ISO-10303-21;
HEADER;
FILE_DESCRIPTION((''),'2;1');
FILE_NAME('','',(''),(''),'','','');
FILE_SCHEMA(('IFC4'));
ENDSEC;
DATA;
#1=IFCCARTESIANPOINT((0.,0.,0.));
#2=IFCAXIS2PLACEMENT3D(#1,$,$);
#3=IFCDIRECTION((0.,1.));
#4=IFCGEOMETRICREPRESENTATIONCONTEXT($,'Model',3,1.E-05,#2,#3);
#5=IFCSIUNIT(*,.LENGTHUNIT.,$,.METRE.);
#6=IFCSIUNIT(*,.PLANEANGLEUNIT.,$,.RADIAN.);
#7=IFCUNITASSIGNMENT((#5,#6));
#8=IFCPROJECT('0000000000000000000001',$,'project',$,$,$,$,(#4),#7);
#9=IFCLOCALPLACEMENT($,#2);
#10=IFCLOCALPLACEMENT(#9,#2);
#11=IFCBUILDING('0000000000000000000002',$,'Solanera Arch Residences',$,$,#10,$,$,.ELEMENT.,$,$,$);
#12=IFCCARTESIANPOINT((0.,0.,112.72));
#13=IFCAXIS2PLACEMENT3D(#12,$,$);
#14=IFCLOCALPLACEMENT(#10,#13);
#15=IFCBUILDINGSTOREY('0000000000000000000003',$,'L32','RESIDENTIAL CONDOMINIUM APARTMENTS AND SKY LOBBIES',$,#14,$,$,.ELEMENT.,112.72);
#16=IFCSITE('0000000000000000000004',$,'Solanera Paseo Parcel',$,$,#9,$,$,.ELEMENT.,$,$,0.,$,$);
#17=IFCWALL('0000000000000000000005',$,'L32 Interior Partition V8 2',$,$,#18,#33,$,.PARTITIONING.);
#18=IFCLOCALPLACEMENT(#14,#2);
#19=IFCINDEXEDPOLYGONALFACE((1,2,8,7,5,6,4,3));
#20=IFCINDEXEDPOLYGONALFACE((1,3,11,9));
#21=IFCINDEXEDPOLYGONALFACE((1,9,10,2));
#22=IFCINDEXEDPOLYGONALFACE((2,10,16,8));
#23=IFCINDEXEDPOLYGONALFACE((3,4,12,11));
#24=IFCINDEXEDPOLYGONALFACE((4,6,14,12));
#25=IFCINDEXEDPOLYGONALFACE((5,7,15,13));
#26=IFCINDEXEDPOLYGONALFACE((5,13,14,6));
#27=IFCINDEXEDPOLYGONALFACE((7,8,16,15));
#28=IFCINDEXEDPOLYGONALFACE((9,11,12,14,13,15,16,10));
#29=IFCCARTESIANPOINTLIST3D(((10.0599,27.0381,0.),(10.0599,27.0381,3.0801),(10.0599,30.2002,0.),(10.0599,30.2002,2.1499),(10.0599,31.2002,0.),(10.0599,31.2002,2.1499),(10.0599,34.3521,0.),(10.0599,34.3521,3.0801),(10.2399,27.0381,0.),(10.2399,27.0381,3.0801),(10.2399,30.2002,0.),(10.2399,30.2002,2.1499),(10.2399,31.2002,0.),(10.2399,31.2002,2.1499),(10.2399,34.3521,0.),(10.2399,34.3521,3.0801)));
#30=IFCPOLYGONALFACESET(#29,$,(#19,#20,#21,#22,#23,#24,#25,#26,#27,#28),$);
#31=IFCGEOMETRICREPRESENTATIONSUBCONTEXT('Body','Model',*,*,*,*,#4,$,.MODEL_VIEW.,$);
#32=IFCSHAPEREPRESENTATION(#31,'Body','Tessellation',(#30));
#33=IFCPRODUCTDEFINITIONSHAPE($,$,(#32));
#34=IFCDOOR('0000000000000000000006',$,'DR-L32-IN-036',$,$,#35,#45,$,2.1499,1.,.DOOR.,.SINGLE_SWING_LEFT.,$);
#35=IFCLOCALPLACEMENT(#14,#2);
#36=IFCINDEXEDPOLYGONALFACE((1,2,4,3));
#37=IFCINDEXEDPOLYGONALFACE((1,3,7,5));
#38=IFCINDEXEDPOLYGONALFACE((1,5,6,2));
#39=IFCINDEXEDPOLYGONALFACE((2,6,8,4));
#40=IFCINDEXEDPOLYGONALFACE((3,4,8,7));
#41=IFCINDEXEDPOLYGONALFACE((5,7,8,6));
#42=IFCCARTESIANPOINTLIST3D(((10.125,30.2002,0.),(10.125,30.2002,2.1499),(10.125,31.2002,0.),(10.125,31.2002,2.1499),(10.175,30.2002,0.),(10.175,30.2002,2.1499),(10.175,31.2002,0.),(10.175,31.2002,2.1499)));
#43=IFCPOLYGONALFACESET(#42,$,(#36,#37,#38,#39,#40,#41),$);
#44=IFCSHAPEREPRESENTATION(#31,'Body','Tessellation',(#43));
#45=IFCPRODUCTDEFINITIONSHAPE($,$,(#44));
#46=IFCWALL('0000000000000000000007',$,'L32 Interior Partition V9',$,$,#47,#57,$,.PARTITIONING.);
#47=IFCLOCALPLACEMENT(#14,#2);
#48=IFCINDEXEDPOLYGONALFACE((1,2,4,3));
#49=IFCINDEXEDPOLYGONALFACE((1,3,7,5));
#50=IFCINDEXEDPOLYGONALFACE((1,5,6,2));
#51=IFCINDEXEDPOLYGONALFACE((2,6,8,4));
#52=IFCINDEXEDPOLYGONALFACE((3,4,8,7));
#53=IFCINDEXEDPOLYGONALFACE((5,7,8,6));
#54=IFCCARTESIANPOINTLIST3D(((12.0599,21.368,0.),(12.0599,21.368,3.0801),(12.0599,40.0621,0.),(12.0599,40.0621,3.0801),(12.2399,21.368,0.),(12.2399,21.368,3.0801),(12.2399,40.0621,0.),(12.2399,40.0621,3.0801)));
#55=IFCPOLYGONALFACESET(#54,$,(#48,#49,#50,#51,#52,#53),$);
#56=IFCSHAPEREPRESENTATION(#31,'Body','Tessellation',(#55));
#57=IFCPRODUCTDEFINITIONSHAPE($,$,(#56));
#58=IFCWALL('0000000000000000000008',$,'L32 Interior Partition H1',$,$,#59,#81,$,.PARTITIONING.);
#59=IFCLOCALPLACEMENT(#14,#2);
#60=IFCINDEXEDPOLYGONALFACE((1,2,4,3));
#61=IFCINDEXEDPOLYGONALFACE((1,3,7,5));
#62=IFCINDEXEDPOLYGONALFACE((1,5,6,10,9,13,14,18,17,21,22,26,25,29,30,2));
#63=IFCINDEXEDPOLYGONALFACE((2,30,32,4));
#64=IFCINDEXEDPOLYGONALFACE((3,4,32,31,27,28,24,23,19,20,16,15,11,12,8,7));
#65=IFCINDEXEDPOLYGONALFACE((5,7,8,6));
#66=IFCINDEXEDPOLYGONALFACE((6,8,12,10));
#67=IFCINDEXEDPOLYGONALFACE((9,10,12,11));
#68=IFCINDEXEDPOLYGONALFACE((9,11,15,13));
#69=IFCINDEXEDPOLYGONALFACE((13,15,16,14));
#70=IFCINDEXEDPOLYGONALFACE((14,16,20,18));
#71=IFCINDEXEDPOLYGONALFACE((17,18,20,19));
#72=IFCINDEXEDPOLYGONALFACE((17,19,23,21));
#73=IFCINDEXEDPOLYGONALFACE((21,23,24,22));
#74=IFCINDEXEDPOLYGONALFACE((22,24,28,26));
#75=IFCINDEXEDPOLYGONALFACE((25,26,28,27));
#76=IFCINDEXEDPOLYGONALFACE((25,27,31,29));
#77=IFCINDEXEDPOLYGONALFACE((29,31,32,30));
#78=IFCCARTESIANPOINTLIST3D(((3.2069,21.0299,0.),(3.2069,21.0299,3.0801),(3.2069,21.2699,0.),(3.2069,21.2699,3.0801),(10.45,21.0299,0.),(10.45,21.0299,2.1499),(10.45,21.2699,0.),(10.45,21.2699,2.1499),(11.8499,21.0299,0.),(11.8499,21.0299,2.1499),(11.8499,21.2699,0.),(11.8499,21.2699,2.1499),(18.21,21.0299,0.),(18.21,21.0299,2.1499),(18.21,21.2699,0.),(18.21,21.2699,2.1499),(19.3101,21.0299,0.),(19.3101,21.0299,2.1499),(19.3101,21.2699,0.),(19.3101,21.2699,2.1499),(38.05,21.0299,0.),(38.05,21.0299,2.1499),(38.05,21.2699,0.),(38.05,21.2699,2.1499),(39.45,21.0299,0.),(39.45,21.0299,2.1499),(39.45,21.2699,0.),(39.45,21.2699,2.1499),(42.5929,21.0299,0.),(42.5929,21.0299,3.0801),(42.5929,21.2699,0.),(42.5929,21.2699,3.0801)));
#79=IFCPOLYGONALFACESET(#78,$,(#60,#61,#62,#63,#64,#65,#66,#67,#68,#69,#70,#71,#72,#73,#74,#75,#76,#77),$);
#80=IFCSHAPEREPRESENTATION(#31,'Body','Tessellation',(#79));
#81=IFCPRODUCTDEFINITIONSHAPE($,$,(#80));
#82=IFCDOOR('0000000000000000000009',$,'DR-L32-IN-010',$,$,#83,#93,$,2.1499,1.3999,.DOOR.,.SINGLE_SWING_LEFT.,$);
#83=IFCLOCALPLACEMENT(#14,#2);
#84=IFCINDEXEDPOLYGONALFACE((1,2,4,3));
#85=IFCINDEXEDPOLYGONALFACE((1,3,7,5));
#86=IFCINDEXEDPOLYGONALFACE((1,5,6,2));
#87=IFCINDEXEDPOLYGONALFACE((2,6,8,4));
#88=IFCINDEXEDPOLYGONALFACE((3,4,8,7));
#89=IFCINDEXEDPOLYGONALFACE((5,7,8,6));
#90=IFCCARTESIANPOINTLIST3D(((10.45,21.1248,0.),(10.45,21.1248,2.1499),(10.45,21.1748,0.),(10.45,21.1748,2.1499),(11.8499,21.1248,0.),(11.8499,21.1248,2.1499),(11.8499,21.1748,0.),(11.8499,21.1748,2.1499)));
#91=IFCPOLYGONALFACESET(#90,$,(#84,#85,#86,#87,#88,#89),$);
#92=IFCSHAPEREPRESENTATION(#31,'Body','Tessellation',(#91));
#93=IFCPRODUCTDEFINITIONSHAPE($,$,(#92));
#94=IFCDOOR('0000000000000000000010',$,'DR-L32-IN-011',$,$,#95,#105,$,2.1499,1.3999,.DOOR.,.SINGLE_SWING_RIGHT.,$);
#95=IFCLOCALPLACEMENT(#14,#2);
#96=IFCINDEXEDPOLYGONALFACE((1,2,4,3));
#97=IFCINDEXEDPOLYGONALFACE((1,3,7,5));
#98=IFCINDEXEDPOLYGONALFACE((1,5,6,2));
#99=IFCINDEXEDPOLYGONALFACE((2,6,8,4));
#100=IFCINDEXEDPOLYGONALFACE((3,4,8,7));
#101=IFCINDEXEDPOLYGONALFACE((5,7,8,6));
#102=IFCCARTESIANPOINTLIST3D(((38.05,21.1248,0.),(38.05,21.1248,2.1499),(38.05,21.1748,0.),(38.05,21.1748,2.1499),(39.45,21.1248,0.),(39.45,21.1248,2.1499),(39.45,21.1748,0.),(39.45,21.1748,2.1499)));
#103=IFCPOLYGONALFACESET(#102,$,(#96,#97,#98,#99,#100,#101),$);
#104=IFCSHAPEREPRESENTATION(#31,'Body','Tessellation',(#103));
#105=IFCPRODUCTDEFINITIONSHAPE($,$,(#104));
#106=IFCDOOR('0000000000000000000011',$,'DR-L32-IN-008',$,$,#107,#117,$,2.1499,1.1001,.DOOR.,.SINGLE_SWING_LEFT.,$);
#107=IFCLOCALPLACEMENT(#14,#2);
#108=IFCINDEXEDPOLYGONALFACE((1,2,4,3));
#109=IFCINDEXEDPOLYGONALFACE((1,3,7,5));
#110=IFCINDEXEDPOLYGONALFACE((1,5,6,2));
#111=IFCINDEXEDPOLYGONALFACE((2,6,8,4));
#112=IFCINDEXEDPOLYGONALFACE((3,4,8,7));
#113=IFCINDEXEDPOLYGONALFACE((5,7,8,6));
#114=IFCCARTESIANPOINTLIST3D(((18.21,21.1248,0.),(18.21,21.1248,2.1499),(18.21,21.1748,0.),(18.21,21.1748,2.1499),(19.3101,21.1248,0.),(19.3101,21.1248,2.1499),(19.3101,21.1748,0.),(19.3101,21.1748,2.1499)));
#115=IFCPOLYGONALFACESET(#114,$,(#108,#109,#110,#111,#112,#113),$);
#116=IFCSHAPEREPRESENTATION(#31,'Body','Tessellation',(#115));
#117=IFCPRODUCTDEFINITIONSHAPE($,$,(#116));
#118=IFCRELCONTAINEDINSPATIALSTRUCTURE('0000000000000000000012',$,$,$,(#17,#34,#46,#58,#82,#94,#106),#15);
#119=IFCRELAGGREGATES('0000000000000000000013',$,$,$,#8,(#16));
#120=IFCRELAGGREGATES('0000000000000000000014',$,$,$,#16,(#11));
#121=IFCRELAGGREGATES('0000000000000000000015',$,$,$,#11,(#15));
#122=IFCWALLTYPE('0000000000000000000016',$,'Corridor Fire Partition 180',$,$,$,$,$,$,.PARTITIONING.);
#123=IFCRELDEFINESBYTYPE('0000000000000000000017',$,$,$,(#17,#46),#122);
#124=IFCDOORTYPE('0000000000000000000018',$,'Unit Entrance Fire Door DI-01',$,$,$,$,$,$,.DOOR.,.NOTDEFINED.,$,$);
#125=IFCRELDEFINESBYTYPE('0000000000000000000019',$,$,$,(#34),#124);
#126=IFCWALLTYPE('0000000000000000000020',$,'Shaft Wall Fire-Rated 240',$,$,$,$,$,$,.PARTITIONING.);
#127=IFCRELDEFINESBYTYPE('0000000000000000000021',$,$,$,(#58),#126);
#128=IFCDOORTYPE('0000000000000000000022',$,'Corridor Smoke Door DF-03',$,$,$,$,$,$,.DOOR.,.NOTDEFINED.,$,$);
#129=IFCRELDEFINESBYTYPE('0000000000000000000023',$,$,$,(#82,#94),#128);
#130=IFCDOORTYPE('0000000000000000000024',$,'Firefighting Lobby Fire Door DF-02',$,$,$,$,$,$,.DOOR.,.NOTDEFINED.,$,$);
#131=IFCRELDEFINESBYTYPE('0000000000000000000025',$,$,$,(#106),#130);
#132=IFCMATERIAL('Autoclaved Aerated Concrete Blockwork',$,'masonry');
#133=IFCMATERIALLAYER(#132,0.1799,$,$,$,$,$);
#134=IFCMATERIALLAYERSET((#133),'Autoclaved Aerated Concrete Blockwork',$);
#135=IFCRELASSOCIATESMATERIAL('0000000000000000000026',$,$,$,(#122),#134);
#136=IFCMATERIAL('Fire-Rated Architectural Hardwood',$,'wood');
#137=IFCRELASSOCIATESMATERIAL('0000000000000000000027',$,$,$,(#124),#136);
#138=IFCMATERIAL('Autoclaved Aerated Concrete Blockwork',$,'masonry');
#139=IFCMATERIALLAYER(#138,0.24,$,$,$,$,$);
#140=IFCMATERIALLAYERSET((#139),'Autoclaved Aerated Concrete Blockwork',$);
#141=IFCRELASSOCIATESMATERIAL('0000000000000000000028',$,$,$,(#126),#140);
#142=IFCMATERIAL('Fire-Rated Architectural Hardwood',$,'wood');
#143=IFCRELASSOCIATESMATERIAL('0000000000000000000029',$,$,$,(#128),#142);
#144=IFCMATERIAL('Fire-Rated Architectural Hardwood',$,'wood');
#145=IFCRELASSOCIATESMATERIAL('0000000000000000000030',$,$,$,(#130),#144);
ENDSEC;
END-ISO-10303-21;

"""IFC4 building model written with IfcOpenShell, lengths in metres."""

from ifc_helpers import new_model, si_unit, direction, frame, frame_2d, origin, place, context, subcontext, project, spatial, rectangle, extrude, material, layer, layer_set, type_object, element, fill, save


model = new_model("IFC4")

# Units and contexts
model_context = context("Model", 3, precision=1e-05, world=origin(), true_north=direction((0.0, 1.0)))
body_context = subcontext(model_context, "Body", "Model", "MODEL_VIEW")
ifc_project = project(units=[si_unit("LENGTHUNIT", "METRE"), si_unit("PLANEANGLEUNIT", "RADIAN")], contexts=[model_context])

# Site, building, storey
site_placement = place(None, origin())
site = spatial("IfcSite", under=ifc_project, at=site_placement, Name="Solanera Paseo Parcel", CompositionType="ELEMENT", RefElevation=0.0)
building_placement = place(site_placement, origin())
building = spatial("IfcBuilding", under=site, at=building_placement, Name="Solanera Arch Residences", CompositionType="ELEMENT")
storey_placement = place(building_placement, frame((0.0, 0.0, 112.72)))
storey = spatial("IfcBuildingStorey", under=building, at=storey_placement, Name="L32", Description="RESIDENTIAL CONDOMINIUM APARTMENTS AND SKY LOBBIES", CompositionType="ELEMENT", Elevation=112.72)

# Shared definitions
ifc_material_1 = material(Name="Autoclaved Aerated Concrete Blockwork", Category="masonry")
ifc_layer_1 = layer(ifc_material_1, 0.1799)
ifc_layer_set_1 = layer_set([ifc_layer_1], Name="Autoclaved Aerated Concrete Blockwork")
wall_type_1 = type_object("IfcWallType", Name="Corridor Fire Partition 180", PredefinedType="PARTITIONING", material=ifc_layer_set_1)

# Wall, opening, door
wall_1_placement = place(storey_placement, frame((10.1499, 27.0381, 0.0), z_axis=(0.0, 0.0, 1.0), x_axis=(0.0, 1.0, 0.0)))
wall_1 = element("IfcWall", 1, at=wall_1_placement, inside=storey, type_object=wall_type_1, Name="L32 Interior Partition V8 2", PredefinedType="PARTITIONING", context=body_context, shape_type="SweptSolid", body=[
    extrude(rectangle(XDim=7.314, YDim=0.1799, at=frame_2d((3.657, 0.0))), origin(), (0.0, 0.0, 1.0), 3.0801),
])
opening_1_placement = place(wall_1_placement, frame((3.1621, 0.0, 0.0)))
opening_1 = element("IfcOpeningElement", 2, at=opening_1_placement, cuts=wall_1, PredefinedType="OPENING", context=body_context, shape_type="SweptSolid", body=[
    extrude(rectangle(XDim=1.0, YDim=2.1499, at=frame_2d((0.5, 1.075))), frame((0.0, 0.1001, 0.0), z_axis=(0.0, -1.0, 0.0), x_axis=(1.0, 0.0, 0.0)), (0.0, 0.0, 1.0), 0.1999),
])
ifc_material_2 = material(Name="Fire-Rated Architectural Hardwood", Category="wood")
door_type_1 = type_object("IfcDoorType", Name="Unit Entrance Fire Door DI-01", OperationType="NOTDEFINED", PredefinedType="DOOR", material=ifc_material_2)
door_1_placement = place(opening_1_placement, origin())
door_1 = element("IfcDoor", 3, at=door_1_placement, inside=storey, type_object=door_type_1, Name="DR-L32-IN-036", OperationType="SINGLE_SWING_LEFT", OverallHeight=2.1499, OverallWidth=1.0, PredefinedType="DOOR", context=body_context, shape_type="SweptSolid", body=[
    extrude(rectangle(XDim=1.0, YDim=2.1499, at=frame_2d((0.5, 1.075))), frame((0.0, 0.0249, 0.0), z_axis=(0.0, -1.0, 0.0), x_axis=(1.0, 0.0, 0.0)), (0.0, 0.0, 1.0), 0.05),
])
fill(opening_1, door_1)

# Wall
wall_2_placement = place(storey_placement, frame((12.1499, 21.3679, 0.0), z_axis=(0.0, 0.0, 1.0), x_axis=(0.0, 1.0, 0.0)))
element("IfcWall", 4, at=wall_2_placement, inside=storey, type_object=wall_type_1, Name="L32 Interior Partition V9", PredefinedType="PARTITIONING", context=body_context, shape_type="SweptSolid", body=[
    extrude(rectangle(XDim=18.6941, YDim=0.1799, at=frame_2d((9.3472, 0.0))), origin(), (0.0, 0.0, 1.0), 3.0801),
])

# Wall, openings, doors
ifc_material_3 = material(Name="Autoclaved Aerated Concrete Blockwork", Category="masonry")
ifc_layer_2 = layer(ifc_material_3, 0.24)
ifc_layer_set_2 = layer_set([ifc_layer_2], Name="Autoclaved Aerated Concrete Blockwork")
wall_type_2 = type_object("IfcWallType", Name="Shaft Wall Fire-Rated 240", PredefinedType="PARTITIONING", material=ifc_layer_set_2)
wall_3_placement = place(storey_placement, frame((3.207, 21.1499, 0.0), z_axis=(0.0, 0.0, 1.0), x_axis=(1.0, 0.0, 0.0)))
wall_3 = element("IfcWall", 5, at=wall_3_placement, inside=storey, type_object=wall_type_2, Name="L32 Interior Partition H1", PredefinedType="PARTITIONING", context=body_context, shape_type="SweptSolid", body=[
    extrude(rectangle(XDim=39.386, YDim=0.24, at=frame_2d((19.6929, 0.0))), origin(), (0.0, 0.0, 1.0), 3.0801),
])
opening_2_placement = place(wall_3_placement, frame((15.0029, 0.0, 0.0)))
opening_2 = element("IfcOpeningElement", 6, at=opening_2_placement, cuts=wall_3, PredefinedType="OPENING", context=body_context, shape_type="SweptSolid", body=[
    extrude(rectangle(XDim=1.1001, YDim=2.1499, at=frame_2d((0.55, 1.075))), frame((0.0, 0.1299, 0.0), z_axis=(0.0, -1.0, 0.0), x_axis=(1.0, 0.0, 0.0)), (0.0, 0.0, 1.0), 0.26),
])
opening_3_placement = place(wall_3_placement, frame((7.2429, 0.0, 0.0)))
opening_3 = element("IfcOpeningElement", 7, at=opening_3_placement, cuts=wall_3, PredefinedType="OPENING", context=body_context, shape_type="SweptSolid", body=[
    extrude(rectangle(XDim=1.3999, YDim=2.1499, at=frame_2d((0.7, 1.075))), frame((0.0, 0.1299, 0.0), z_axis=(0.0, -1.0, 0.0), x_axis=(1.0, 0.0, 0.0)), (0.0, 0.0, 1.0), 0.26),
])
opening_4_placement = place(wall_3_placement, frame((34.843, 0.0, 0.0)))
opening_4 = element("IfcOpeningElement", 8, at=opening_4_placement, cuts=wall_3, PredefinedType="OPENING", context=body_context, shape_type="SweptSolid", body=[
    extrude(rectangle(XDim=1.3999, YDim=2.1499, at=frame_2d((0.7, 1.075))), frame((0.0, 0.1299, 0.0), z_axis=(0.0, -1.0, 0.0), x_axis=(1.0, 0.0, 0.0)), (0.0, 0.0, 1.0), 0.26),
])
ifc_material_4 = material(Name="Fire-Rated Architectural Hardwood", Category="wood")
door_type_2 = type_object("IfcDoorType", Name="Corridor Smoke Door DF-03", OperationType="NOTDEFINED", PredefinedType="DOOR", material=ifc_material_4)
door_2_placement = place(opening_3_placement, origin())
door_2 = element("IfcDoor", 9, at=door_2_placement, inside=storey, type_object=door_type_2, Name="DR-L32-IN-010", OperationType="SINGLE_SWING_LEFT", OverallHeight=2.1499, OverallWidth=1.3999, PredefinedType="DOOR", context=body_context, shape_type="SweptSolid", body=[
    extrude(rectangle(XDim=1.3999, YDim=2.1499, at=frame_2d((0.7, 1.075))), frame((0.0, 0.0249, 0.0), z_axis=(0.0, -1.0, 0.0), x_axis=(1.0, 0.0, 0.0)), (0.0, 0.0, 1.0), 0.05),
])
fill(opening_3, door_2)
door_3_placement = place(opening_4_placement, origin())
door_3 = element("IfcDoor", 10, at=door_3_placement, inside=storey, type_object=door_type_2, Name="DR-L32-IN-011", OperationType="SINGLE_SWING_RIGHT", OverallHeight=2.1499, OverallWidth=1.3999, PredefinedType="DOOR", context=body_context, shape_type="SweptSolid", body=[
    extrude(rectangle(XDim=1.3999, YDim=2.1499, at=frame_2d((0.7, 1.075))), frame((0.0, 0.0249, 0.0), z_axis=(0.0, -1.0, 0.0), x_axis=(1.0, 0.0, 0.0)), (0.0, 0.0, 1.0), 0.05),
])
fill(opening_4, door_3)
ifc_material_5 = material(Name="Fire-Rated Architectural Hardwood", Category="wood")
door_type_3 = type_object("IfcDoorType", Name="Firefighting Lobby Fire Door DF-02", OperationType="NOTDEFINED", PredefinedType="DOOR", material=ifc_material_5)
door_4_placement = place(opening_2_placement, origin())
door_4 = element("IfcDoor", 11, at=door_4_placement, inside=storey, type_object=door_type_3, Name="DR-L32-IN-008", OperationType="SINGLE_SWING_LEFT", OverallHeight=2.1499, OverallWidth=1.1001, PredefinedType="DOOR", context=body_context, shape_type="SweptSolid", body=[
    extrude(rectangle(XDim=1.1001, YDim=2.1499, at=frame_2d((0.55, 1.075))), frame((0.0, 0.0249, 0.0), z_axis=(0.0, -1.0, 0.0), x_axis=(1.0, 0.0, 0.0)), (0.0, 0.0, 1.0), 0.05),
])
fill(opening_2, door_4)

save(model, "model.ifc")
